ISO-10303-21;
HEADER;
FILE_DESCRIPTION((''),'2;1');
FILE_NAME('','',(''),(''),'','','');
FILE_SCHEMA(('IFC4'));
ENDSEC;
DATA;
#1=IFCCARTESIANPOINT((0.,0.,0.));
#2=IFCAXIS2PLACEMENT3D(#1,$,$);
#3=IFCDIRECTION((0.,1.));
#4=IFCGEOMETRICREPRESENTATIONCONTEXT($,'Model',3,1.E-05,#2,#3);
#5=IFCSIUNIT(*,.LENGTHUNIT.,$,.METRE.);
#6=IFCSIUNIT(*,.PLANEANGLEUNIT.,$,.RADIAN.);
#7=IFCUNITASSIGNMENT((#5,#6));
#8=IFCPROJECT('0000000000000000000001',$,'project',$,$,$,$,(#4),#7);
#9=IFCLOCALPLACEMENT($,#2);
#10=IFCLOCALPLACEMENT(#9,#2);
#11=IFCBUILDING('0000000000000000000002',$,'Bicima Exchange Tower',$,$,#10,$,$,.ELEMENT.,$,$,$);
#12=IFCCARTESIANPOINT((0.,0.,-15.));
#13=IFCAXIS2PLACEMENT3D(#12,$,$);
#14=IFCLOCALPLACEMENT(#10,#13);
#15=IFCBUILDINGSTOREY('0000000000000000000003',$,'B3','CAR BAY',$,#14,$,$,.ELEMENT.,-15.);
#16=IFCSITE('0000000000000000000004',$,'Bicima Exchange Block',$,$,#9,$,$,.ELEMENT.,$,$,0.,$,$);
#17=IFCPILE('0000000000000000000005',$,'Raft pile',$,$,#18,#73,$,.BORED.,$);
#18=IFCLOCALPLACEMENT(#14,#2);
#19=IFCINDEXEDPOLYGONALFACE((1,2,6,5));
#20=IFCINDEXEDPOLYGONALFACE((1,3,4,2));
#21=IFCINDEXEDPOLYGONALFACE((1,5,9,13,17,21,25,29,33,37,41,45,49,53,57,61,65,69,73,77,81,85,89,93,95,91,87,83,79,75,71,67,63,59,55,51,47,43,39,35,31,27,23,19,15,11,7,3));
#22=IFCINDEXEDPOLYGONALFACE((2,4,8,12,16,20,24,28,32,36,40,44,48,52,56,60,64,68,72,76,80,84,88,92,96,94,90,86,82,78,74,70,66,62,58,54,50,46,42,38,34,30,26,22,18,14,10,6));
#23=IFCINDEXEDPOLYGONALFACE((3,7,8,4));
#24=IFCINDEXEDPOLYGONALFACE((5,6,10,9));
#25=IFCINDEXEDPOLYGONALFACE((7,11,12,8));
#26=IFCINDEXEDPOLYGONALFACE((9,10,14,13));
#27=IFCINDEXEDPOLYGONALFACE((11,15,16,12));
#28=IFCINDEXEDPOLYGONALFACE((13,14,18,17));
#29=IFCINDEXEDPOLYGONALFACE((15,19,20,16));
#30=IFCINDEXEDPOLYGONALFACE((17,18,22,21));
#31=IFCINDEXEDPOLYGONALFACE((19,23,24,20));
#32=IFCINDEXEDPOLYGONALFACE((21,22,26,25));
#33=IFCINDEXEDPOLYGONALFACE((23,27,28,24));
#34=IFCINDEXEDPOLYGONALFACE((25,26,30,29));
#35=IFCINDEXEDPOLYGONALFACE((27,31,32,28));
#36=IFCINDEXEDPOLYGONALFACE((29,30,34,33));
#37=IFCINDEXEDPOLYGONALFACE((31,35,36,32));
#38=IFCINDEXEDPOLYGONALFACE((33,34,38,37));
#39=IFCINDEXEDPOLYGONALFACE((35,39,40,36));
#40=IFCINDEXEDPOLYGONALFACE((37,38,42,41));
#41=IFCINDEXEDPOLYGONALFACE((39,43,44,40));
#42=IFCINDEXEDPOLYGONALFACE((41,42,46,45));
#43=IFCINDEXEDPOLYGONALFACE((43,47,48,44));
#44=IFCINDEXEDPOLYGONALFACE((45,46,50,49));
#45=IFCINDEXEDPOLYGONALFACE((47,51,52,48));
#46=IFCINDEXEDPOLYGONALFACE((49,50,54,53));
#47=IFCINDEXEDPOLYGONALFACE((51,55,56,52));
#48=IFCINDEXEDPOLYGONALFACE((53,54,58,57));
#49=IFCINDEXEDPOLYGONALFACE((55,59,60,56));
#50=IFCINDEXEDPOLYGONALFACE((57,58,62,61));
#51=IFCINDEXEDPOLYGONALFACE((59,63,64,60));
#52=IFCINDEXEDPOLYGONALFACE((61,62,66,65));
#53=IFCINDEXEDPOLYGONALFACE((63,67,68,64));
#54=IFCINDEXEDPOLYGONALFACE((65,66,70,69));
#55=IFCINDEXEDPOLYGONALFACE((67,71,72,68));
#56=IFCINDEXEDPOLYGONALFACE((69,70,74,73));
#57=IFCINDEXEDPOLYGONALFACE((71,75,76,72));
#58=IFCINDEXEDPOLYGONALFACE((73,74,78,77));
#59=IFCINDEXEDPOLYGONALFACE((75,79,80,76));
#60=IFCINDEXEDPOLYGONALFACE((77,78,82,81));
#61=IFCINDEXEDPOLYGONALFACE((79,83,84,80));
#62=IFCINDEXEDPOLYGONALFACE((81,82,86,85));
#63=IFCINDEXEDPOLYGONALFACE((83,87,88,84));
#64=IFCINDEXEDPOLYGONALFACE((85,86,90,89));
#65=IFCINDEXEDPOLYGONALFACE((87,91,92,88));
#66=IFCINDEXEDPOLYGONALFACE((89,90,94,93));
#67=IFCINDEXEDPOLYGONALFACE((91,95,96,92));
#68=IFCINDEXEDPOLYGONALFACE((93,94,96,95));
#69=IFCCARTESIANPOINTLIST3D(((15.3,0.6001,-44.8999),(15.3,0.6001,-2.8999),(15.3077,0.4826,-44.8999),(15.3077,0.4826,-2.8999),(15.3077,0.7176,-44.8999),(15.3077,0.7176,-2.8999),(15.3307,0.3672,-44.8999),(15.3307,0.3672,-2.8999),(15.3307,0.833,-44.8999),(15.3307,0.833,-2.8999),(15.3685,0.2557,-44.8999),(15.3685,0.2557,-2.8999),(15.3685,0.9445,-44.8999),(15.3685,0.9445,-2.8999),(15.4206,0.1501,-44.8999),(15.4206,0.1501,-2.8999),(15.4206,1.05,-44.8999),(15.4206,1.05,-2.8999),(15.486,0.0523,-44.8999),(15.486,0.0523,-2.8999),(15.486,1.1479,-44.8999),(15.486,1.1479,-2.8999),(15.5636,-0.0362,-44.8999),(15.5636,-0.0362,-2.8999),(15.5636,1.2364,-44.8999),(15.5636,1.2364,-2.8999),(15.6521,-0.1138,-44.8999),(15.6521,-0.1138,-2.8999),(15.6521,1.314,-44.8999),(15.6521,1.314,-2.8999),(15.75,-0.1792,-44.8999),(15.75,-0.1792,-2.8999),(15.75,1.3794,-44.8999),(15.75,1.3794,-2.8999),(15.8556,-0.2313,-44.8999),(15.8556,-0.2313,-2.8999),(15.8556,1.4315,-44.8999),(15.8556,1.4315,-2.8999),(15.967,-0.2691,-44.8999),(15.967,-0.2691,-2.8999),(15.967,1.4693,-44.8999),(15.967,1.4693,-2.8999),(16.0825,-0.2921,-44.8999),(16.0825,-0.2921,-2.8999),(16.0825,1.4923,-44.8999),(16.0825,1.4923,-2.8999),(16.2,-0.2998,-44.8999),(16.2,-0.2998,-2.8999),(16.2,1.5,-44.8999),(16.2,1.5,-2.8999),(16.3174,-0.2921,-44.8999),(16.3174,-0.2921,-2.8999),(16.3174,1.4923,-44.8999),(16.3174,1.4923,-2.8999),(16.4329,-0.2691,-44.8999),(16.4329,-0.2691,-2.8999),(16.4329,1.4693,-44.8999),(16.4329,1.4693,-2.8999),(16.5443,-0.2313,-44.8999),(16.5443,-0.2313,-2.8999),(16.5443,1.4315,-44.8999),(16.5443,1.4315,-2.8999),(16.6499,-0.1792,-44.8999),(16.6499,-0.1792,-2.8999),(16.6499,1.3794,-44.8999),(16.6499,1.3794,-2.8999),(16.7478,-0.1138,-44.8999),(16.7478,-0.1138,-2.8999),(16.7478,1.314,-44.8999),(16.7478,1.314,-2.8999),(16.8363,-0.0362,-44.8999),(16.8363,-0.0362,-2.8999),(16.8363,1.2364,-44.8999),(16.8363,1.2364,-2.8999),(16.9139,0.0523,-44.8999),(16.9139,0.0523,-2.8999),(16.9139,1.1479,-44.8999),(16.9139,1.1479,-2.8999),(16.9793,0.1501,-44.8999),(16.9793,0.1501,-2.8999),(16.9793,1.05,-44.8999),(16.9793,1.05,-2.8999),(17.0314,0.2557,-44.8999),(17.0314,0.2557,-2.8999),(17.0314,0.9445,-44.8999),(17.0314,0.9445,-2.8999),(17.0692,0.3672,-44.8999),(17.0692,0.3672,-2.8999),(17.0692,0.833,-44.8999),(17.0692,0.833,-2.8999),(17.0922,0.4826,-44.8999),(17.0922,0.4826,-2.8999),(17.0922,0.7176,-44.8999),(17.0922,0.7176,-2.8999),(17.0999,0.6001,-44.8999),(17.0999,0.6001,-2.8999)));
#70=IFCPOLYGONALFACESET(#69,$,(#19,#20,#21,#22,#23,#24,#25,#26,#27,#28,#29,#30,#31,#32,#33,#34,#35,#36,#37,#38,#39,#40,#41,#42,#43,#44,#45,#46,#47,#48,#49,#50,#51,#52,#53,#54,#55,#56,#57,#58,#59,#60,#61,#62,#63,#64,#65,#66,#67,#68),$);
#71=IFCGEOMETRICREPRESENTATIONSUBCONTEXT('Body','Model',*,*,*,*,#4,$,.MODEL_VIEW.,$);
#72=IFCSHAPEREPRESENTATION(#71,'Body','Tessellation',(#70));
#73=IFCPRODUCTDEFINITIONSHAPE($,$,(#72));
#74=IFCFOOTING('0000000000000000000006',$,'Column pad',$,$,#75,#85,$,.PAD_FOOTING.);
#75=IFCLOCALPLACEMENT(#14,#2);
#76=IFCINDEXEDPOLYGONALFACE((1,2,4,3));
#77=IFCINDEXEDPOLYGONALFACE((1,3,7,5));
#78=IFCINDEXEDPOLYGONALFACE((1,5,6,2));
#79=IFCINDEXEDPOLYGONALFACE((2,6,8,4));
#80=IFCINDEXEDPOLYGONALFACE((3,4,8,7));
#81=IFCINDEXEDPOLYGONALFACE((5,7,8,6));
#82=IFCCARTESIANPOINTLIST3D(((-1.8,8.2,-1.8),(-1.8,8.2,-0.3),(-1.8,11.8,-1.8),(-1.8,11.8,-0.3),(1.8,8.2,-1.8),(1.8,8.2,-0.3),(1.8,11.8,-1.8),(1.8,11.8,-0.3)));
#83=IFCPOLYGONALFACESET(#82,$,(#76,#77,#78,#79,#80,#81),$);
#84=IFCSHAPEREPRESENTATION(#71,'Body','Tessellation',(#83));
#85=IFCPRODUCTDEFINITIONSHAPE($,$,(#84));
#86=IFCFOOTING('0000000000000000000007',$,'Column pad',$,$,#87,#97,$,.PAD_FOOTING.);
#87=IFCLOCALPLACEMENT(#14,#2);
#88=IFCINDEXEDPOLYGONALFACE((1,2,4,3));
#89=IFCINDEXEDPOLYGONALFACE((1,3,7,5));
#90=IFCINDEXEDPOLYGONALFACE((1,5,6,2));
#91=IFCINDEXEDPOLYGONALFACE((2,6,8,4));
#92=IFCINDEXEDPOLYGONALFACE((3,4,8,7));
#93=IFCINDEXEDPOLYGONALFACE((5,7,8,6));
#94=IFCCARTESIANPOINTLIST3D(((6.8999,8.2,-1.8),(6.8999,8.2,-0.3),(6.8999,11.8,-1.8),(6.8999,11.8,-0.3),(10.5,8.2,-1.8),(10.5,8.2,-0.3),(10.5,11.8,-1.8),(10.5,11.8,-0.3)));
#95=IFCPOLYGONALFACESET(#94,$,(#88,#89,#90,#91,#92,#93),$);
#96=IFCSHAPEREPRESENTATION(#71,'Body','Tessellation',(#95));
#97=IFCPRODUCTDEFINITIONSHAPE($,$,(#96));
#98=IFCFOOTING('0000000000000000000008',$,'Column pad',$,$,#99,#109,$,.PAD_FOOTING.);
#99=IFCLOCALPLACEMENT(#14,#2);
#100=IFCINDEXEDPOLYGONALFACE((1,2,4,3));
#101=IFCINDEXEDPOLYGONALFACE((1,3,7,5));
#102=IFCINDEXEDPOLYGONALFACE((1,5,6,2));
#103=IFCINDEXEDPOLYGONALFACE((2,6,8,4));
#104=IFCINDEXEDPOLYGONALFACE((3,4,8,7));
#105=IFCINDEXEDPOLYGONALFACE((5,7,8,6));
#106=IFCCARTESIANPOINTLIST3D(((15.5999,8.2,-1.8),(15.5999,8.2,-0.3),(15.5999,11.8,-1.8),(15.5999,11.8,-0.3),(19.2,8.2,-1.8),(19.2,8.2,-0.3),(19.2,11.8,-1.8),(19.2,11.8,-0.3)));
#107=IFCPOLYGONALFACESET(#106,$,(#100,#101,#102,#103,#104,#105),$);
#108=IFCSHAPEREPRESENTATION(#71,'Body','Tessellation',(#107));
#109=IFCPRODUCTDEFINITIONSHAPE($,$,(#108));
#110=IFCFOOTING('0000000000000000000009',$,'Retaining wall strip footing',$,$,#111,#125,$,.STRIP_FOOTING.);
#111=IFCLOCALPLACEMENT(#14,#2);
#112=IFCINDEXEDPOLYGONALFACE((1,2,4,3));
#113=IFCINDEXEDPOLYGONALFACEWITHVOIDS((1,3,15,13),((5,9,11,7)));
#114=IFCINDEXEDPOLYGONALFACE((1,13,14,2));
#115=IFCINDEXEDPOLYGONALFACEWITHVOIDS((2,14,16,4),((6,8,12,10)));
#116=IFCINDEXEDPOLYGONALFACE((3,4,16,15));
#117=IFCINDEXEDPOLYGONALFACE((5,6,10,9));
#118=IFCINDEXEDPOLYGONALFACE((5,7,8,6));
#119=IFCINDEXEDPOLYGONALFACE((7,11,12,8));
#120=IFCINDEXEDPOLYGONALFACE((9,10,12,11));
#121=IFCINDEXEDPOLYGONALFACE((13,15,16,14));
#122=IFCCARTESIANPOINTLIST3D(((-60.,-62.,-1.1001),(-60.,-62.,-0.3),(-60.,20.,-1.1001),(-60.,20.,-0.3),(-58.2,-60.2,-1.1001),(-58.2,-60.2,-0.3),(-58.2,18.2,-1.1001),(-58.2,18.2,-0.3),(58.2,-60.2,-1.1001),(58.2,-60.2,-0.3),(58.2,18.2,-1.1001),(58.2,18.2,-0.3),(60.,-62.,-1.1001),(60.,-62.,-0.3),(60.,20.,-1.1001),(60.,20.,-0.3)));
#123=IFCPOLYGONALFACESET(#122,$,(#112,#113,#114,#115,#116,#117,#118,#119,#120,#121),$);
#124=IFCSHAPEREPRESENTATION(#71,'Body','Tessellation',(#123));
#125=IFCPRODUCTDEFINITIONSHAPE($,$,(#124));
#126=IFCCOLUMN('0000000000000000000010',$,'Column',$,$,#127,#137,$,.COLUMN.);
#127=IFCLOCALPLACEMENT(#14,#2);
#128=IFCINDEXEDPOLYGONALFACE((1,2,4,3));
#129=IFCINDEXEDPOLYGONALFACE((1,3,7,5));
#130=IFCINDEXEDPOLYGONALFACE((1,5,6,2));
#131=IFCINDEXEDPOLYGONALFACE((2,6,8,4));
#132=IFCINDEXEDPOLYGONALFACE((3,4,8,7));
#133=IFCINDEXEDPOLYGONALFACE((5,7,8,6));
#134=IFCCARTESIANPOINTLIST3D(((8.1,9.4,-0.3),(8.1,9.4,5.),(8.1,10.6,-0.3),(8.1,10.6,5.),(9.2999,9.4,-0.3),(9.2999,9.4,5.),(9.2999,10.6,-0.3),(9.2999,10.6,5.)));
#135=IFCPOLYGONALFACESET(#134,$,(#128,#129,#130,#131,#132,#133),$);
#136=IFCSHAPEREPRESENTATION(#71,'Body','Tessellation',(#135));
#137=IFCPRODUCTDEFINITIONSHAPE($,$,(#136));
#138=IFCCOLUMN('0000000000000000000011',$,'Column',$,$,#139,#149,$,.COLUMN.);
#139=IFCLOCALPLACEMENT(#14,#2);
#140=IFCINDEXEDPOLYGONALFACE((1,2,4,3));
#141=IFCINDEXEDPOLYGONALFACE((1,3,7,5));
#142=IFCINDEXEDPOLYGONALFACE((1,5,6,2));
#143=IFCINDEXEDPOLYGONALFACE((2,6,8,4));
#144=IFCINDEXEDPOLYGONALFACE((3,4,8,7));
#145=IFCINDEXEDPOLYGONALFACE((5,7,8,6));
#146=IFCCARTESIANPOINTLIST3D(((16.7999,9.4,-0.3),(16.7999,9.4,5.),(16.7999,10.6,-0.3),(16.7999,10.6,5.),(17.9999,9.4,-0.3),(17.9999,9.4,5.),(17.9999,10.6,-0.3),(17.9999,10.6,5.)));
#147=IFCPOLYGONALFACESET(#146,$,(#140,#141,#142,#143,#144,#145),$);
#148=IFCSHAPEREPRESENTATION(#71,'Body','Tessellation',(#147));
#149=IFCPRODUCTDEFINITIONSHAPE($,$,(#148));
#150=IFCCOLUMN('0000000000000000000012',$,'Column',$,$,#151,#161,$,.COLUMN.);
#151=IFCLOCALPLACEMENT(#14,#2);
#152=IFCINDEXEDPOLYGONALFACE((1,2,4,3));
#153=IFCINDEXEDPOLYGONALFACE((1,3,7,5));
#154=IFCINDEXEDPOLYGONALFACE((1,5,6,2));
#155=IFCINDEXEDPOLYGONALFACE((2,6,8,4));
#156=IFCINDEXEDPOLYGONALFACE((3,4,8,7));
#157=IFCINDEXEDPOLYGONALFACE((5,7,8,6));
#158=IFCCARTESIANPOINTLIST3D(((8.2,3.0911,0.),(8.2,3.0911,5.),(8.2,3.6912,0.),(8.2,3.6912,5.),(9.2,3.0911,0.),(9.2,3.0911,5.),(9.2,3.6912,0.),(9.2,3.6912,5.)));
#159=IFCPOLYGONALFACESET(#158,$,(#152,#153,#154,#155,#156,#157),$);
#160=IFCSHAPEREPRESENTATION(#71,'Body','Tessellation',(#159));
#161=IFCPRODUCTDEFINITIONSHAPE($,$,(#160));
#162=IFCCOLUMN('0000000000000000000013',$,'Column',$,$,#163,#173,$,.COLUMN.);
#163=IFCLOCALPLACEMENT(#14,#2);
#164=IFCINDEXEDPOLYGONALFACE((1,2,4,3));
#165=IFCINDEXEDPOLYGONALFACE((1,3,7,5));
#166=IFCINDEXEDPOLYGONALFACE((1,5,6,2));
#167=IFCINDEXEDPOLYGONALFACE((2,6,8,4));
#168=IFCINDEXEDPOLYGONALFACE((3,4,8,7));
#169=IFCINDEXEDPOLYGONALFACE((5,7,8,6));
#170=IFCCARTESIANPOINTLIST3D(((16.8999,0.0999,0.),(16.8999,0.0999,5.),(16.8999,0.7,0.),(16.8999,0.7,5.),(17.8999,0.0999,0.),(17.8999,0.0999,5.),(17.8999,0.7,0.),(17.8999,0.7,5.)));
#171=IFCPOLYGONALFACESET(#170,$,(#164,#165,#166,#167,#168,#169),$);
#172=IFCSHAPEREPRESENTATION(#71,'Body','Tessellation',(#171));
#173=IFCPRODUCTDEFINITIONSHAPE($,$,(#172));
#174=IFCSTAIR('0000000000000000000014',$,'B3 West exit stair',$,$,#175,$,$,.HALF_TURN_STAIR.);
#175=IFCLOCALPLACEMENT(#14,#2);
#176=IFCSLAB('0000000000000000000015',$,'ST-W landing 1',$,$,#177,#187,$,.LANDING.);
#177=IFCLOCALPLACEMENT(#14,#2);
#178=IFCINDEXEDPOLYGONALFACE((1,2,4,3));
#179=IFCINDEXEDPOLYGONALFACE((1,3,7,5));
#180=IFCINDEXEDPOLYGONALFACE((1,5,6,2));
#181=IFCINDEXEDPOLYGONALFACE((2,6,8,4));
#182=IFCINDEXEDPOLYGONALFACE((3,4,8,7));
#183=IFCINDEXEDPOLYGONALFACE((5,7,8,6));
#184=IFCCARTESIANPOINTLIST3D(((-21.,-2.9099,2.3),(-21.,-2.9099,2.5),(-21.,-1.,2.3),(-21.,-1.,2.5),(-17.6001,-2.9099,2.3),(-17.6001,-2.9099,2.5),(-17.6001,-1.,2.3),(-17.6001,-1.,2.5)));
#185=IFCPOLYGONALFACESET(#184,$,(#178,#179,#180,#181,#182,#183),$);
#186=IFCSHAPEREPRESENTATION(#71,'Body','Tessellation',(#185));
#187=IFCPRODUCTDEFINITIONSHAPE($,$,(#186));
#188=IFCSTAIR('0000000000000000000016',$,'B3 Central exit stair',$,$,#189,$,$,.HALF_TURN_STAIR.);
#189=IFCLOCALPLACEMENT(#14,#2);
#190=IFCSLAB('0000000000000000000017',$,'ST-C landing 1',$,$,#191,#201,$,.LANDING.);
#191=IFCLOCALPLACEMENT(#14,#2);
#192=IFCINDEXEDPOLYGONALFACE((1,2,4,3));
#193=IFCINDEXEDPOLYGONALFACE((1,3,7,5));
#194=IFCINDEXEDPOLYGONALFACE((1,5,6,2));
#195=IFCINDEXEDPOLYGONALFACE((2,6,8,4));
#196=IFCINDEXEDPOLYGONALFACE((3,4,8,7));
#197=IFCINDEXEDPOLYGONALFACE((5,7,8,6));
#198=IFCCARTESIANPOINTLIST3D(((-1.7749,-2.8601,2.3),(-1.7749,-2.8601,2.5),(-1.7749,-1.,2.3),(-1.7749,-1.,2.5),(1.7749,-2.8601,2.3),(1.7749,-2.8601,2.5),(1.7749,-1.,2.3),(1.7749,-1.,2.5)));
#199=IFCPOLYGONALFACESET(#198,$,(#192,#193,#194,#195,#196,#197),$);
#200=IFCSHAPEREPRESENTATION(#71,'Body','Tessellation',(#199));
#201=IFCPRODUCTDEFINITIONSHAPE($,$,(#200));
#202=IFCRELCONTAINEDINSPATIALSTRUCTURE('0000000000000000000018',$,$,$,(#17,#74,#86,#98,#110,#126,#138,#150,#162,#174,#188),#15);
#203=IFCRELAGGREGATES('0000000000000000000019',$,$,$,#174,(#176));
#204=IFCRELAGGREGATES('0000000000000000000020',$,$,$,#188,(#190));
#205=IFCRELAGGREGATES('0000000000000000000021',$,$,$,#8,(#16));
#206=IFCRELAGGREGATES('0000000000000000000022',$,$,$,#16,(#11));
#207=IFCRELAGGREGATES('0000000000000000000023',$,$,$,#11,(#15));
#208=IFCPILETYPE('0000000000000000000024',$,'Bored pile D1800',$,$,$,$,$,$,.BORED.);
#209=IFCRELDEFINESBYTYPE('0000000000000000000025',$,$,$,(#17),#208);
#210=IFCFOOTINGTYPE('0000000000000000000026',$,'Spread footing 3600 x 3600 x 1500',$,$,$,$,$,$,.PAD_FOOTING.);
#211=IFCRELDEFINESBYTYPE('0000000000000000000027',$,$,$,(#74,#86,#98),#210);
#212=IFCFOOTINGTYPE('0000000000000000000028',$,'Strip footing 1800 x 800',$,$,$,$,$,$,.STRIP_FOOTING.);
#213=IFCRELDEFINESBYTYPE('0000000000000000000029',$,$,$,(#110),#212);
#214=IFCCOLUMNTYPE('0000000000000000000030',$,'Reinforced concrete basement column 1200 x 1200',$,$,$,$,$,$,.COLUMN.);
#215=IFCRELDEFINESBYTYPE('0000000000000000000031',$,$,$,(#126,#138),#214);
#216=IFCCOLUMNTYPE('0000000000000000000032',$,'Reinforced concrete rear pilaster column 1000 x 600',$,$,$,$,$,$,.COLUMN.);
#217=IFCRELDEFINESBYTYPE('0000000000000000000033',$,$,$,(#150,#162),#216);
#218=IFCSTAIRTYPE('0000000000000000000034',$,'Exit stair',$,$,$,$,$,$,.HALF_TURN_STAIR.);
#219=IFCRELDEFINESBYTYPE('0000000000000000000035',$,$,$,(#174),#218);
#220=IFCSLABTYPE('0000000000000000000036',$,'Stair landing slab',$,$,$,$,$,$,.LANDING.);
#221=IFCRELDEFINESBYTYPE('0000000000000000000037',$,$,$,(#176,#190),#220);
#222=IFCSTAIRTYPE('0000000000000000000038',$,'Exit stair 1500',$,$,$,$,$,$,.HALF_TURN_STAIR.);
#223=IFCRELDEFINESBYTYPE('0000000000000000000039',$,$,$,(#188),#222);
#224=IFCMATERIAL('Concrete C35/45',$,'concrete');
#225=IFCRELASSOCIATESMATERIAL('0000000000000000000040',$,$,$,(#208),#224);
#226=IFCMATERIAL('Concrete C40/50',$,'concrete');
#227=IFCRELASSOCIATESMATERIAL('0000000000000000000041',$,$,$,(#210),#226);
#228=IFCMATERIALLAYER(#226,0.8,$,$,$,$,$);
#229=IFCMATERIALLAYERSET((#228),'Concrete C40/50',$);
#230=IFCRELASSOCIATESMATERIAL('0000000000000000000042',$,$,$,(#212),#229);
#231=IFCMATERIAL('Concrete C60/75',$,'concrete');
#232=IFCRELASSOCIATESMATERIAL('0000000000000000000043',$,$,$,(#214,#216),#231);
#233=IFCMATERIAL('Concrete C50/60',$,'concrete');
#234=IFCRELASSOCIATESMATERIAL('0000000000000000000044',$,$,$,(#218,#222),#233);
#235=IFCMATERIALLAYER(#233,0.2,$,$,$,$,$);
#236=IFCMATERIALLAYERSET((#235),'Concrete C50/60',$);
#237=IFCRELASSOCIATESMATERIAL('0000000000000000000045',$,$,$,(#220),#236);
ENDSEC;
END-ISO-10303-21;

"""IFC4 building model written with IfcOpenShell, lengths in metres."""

from ifc_helpers import new_model, si_unit, direction, frame, origin, origin_2d, place, context, subcontext, project, spatial, polyline, rectangle, circle, outline, extrude, material, layer, layer_set, material_profile, profile_set, type_object, element, aggregate, save


model = new_model("IFC4")

# Units and contexts
model_context = context("Model", 3, precision=1e-05, world=origin(), true_north=direction((0.0, 1.0)))
body_context = subcontext(model_context, "Body", "Model", "MODEL_VIEW")
ifc_project = project(units=[si_unit("LENGTHUNIT", "METRE"), si_unit("PLANEANGLEUNIT", "RADIAN")], contexts=[model_context])

# Site, building, storey
site_placement = place(None, origin())
site = spatial("IfcSite", under=ifc_project, at=site_placement, Name="Bicima Exchange Block", CompositionType="ELEMENT", RefElevation=0.0)
building_placement = place(site_placement, origin())
building = spatial("IfcBuilding", under=site, at=building_placement, Name="Bicima Exchange Tower", CompositionType="ELEMENT")
storey_placement = place(building_placement, frame((0.0, 0.0, -15.0)))
storey = spatial("IfcBuildingStorey", under=building, at=storey_placement, Name="B3", Description="CAR BAY", CompositionType="ELEMENT", Elevation=-15.0)

# Pile
ifc_material_1 = material(Name="Concrete C35/45", Category="concrete")
ifc_material_profile_1 = material_profile(ifc_material_1, circle(Radius=0.8999, at=origin_2d()))
ifc_profile_set_1 = profile_set([ifc_material_profile_1], Name="Concrete C35/45")
pile_type = type_object("IfcPileType", Name="Bored pile D1800", PredefinedType="BORED", material=ifc_profile_set_1)
for number, where, z_axis, x_axis, name in (
    (1, (16.2, 0.6001, -2.8999), (0.0, 0.0, -1.0), (1.0, 0.0, 0.0), "Raft pile"),
):
    element("IfcPile", number, at=place(storey_placement, frame(where, z_axis=z_axis, x_axis=x_axis)), inside=storey, type_object=pile_type, Name=name, PredefinedType="BORED", context=body_context, shape_type="SweptSolid", body=[
        extrude(circle(Radius=0.8999, at=origin_2d()), origin(), (0.0, 0.0, 1.0), 42.0),
    ])

# Footings
ifc_material_2 = material(Name="Concrete C40/50", Category="concrete")
footing_type_1 = type_object("IfcFootingType", Name="Spread footing 3600 x 3600 x 1500", PredefinedType="PAD_FOOTING", material=ifc_material_2)
for number, where, z_axis, x_axis, name in (
    (2, (0.0, 10.0, -1.8), (0.0, 0.0, 1.0), (1.0, 0.0, 0.0), "Column pad"),
    (3, (8.7, 10.0, -1.8), (0.0, 0.0, 1.0), (1.0, 0.0, 0.0), "Column pad"),
    (4, (17.3999, 10.0, -1.8), (0.0, 0.0, 1.0), (1.0, 0.0, 0.0), "Column pad"),
):
    element("IfcFooting", number, at=place(storey_placement, frame(where, z_axis=z_axis, x_axis=x_axis)), inside=storey, type_object=footing_type_1, Name=name, PredefinedType="PAD_FOOTING", context=body_context, shape_type="SweptSolid", body=[
        extrude(rectangle(XDim=3.6001, YDim=3.6001, at=origin_2d()), origin(), (0.0, 0.0, 1.0), 1.5),
    ])
ifc_layer_1 = layer(ifc_material_2, 0.8)
ifc_layer_set_1 = layer_set([ifc_layer_1], Name="Concrete C40/50")
footing_type_2 = type_object("IfcFootingType", Name="Strip footing 1800 x 800", PredefinedType="STRIP_FOOTING", material=ifc_layer_set_1)
footing_placement = place(storey_placement, frame((0.0, 0.0, -1.1001)))
element("IfcFooting", 5, at=footing_placement, inside=storey, type_object=footing_type_2, Name="Retaining wall strip footing", PredefinedType="STRIP_FOOTING", context=body_context, shape_type="SweptSolid", body=[
    extrude(outline(polyline([(-60.0, -62.0), (60.0, -62.0), (60.0, 20.0), (-60.0, 20.0), (-60.0, -62.0)]), holes=[polyline([(-58.2, -60.2), (58.2, -60.2), (58.2, 18.2), (-58.2, 18.2), (-58.2, -60.2)])]), origin(), (0.0, 0.0, 1.0), 0.8),
])

# Columns
ifc_material_3 = material(Name="Concrete C60/75", Category="concrete")
ifc_material_profile_2 = material_profile(ifc_material_3, rectangle(XDim=1.2, YDim=1.2, at=origin_2d()))
ifc_profile_set_2 = profile_set([ifc_material_profile_2], Name="Concrete C60/75")
column_type_1 = type_object("IfcColumnType", Name="Reinforced concrete basement column 1200 x 1200", PredefinedType="COLUMN", material=ifc_profile_set_2)
for number, where, z_axis, x_axis, name in (
    (6, (8.7, 10.0, -0.3), (0.0, 0.0, 1.0), (1.0, 0.0, 0.0), "Column"),
    (7, (17.3999, 10.0, -0.3), (0.0, 0.0, 1.0), (1.0, 0.0, 0.0), "Column"),
):
    element("IfcColumn", number, at=place(storey_placement, frame(where, z_axis=z_axis, x_axis=x_axis)), inside=storey, type_object=column_type_1, Name=name, PredefinedType="COLUMN", context=body_context, shape_type="SweptSolid", body=[
        extrude(rectangle(XDim=1.2, YDim=1.2, at=origin_2d()), origin(), (0.0, 0.0, 1.0), 5.3),
    ])
ifc_material_profile_3 = material_profile(ifc_material_3, rectangle(XDim=1.0, YDim=0.6001, at=origin_2d()))
ifc_profile_set_3 = profile_set([ifc_material_profile_3], Name="Concrete C60/75")
column_type_2 = type_object("IfcColumnType", Name="Reinforced concrete rear pilaster column 1000 x 600", PredefinedType="COLUMN", material=ifc_profile_set_3)
for number, where, z_axis, x_axis, name in (
    (8, (8.7, 3.3911, 0.0), (0.0, 0.0, 1.0), (1.0, 0.0, 0.0), "Column"),
    (9, (17.3999, 0.3999, 0.0), (0.0, 0.0, 1.0), (1.0, 0.0, 0.0), "Column"),
):
    element("IfcColumn", number, at=place(storey_placement, frame(where, z_axis=z_axis, x_axis=x_axis)), inside=storey, type_object=column_type_2, Name=name, PredefinedType="COLUMN", context=body_context, shape_type="SweptSolid", body=[
        extrude(rectangle(XDim=1.0, YDim=0.6001, at=origin_2d()), origin(), (0.0, 0.0, 1.0), 5.0),
    ])

# Stairs, slabs
ifc_material_4 = material(Name="Concrete C50/60", Category="concrete")
stair_type_1 = type_object("IfcStairType", Name="Exit stair", PredefinedType="HALF_TURN_STAIR", material=ifc_material_4)
stair_1_placement = place(storey_placement, origin())
stair_1 = element("IfcStair", 10, at=stair_1_placement, inside=storey, type_object=stair_type_1, Name="B3 West exit stair", PredefinedType="HALF_TURN_STAIR")
ifc_layer_2 = layer(ifc_material_4, 0.2)
ifc_layer_set_2 = layer_set([ifc_layer_2], Name="Concrete C50/60")
slab_type = type_object("IfcSlabType", Name="Stair landing slab", PredefinedType="LANDING", material=ifc_layer_set_2)
slab_1_placement = place(storey_placement, frame((0.0, 0.0, 2.3)))
slab_1 = element("IfcSlab", 11, at=slab_1_placement, type_object=slab_type, Name="ST-W landing 1", PredefinedType="LANDING", context=body_context, shape_type="SweptSolid", body=[
    extrude(outline(polyline([(-17.6001, -2.9099), (-17.6001, -1.0), (-21.0, -1.0), (-21.0, -2.9099), (-17.6001, -2.9099)])), origin(), (0.0, 0.0, 1.0), 0.2),
])
aggregate(stair_1, [slab_1])
stair_type_2 = type_object("IfcStairType", Name="Exit stair 1500", PredefinedType="HALF_TURN_STAIR", material=ifc_material_4)
stair_2_placement = place(storey_placement, origin())
stair_2 = element("IfcStair", 12, at=stair_2_placement, inside=storey, type_object=stair_type_2, Name="B3 Central exit stair", PredefinedType="HALF_TURN_STAIR")
slab_2_placement = place(storey_placement, frame((0.0, 0.0, 2.3)))
slab_2 = element("IfcSlab", 13, at=slab_2_placement, type_object=slab_type, Name="ST-C landing 1", PredefinedType="LANDING", context=body_context, shape_type="SweptSolid", body=[
    extrude(outline(polyline([(1.7749, -2.8601), (1.7749, -1.0), (-1.7749, -1.0), (-1.7749, -2.8601), (1.7749, -2.8601)])), origin(), (0.0, 0.0, 1.0), 0.2),
])
aggregate(stair_2, [slab_2])

save(model, "model.ifc")
